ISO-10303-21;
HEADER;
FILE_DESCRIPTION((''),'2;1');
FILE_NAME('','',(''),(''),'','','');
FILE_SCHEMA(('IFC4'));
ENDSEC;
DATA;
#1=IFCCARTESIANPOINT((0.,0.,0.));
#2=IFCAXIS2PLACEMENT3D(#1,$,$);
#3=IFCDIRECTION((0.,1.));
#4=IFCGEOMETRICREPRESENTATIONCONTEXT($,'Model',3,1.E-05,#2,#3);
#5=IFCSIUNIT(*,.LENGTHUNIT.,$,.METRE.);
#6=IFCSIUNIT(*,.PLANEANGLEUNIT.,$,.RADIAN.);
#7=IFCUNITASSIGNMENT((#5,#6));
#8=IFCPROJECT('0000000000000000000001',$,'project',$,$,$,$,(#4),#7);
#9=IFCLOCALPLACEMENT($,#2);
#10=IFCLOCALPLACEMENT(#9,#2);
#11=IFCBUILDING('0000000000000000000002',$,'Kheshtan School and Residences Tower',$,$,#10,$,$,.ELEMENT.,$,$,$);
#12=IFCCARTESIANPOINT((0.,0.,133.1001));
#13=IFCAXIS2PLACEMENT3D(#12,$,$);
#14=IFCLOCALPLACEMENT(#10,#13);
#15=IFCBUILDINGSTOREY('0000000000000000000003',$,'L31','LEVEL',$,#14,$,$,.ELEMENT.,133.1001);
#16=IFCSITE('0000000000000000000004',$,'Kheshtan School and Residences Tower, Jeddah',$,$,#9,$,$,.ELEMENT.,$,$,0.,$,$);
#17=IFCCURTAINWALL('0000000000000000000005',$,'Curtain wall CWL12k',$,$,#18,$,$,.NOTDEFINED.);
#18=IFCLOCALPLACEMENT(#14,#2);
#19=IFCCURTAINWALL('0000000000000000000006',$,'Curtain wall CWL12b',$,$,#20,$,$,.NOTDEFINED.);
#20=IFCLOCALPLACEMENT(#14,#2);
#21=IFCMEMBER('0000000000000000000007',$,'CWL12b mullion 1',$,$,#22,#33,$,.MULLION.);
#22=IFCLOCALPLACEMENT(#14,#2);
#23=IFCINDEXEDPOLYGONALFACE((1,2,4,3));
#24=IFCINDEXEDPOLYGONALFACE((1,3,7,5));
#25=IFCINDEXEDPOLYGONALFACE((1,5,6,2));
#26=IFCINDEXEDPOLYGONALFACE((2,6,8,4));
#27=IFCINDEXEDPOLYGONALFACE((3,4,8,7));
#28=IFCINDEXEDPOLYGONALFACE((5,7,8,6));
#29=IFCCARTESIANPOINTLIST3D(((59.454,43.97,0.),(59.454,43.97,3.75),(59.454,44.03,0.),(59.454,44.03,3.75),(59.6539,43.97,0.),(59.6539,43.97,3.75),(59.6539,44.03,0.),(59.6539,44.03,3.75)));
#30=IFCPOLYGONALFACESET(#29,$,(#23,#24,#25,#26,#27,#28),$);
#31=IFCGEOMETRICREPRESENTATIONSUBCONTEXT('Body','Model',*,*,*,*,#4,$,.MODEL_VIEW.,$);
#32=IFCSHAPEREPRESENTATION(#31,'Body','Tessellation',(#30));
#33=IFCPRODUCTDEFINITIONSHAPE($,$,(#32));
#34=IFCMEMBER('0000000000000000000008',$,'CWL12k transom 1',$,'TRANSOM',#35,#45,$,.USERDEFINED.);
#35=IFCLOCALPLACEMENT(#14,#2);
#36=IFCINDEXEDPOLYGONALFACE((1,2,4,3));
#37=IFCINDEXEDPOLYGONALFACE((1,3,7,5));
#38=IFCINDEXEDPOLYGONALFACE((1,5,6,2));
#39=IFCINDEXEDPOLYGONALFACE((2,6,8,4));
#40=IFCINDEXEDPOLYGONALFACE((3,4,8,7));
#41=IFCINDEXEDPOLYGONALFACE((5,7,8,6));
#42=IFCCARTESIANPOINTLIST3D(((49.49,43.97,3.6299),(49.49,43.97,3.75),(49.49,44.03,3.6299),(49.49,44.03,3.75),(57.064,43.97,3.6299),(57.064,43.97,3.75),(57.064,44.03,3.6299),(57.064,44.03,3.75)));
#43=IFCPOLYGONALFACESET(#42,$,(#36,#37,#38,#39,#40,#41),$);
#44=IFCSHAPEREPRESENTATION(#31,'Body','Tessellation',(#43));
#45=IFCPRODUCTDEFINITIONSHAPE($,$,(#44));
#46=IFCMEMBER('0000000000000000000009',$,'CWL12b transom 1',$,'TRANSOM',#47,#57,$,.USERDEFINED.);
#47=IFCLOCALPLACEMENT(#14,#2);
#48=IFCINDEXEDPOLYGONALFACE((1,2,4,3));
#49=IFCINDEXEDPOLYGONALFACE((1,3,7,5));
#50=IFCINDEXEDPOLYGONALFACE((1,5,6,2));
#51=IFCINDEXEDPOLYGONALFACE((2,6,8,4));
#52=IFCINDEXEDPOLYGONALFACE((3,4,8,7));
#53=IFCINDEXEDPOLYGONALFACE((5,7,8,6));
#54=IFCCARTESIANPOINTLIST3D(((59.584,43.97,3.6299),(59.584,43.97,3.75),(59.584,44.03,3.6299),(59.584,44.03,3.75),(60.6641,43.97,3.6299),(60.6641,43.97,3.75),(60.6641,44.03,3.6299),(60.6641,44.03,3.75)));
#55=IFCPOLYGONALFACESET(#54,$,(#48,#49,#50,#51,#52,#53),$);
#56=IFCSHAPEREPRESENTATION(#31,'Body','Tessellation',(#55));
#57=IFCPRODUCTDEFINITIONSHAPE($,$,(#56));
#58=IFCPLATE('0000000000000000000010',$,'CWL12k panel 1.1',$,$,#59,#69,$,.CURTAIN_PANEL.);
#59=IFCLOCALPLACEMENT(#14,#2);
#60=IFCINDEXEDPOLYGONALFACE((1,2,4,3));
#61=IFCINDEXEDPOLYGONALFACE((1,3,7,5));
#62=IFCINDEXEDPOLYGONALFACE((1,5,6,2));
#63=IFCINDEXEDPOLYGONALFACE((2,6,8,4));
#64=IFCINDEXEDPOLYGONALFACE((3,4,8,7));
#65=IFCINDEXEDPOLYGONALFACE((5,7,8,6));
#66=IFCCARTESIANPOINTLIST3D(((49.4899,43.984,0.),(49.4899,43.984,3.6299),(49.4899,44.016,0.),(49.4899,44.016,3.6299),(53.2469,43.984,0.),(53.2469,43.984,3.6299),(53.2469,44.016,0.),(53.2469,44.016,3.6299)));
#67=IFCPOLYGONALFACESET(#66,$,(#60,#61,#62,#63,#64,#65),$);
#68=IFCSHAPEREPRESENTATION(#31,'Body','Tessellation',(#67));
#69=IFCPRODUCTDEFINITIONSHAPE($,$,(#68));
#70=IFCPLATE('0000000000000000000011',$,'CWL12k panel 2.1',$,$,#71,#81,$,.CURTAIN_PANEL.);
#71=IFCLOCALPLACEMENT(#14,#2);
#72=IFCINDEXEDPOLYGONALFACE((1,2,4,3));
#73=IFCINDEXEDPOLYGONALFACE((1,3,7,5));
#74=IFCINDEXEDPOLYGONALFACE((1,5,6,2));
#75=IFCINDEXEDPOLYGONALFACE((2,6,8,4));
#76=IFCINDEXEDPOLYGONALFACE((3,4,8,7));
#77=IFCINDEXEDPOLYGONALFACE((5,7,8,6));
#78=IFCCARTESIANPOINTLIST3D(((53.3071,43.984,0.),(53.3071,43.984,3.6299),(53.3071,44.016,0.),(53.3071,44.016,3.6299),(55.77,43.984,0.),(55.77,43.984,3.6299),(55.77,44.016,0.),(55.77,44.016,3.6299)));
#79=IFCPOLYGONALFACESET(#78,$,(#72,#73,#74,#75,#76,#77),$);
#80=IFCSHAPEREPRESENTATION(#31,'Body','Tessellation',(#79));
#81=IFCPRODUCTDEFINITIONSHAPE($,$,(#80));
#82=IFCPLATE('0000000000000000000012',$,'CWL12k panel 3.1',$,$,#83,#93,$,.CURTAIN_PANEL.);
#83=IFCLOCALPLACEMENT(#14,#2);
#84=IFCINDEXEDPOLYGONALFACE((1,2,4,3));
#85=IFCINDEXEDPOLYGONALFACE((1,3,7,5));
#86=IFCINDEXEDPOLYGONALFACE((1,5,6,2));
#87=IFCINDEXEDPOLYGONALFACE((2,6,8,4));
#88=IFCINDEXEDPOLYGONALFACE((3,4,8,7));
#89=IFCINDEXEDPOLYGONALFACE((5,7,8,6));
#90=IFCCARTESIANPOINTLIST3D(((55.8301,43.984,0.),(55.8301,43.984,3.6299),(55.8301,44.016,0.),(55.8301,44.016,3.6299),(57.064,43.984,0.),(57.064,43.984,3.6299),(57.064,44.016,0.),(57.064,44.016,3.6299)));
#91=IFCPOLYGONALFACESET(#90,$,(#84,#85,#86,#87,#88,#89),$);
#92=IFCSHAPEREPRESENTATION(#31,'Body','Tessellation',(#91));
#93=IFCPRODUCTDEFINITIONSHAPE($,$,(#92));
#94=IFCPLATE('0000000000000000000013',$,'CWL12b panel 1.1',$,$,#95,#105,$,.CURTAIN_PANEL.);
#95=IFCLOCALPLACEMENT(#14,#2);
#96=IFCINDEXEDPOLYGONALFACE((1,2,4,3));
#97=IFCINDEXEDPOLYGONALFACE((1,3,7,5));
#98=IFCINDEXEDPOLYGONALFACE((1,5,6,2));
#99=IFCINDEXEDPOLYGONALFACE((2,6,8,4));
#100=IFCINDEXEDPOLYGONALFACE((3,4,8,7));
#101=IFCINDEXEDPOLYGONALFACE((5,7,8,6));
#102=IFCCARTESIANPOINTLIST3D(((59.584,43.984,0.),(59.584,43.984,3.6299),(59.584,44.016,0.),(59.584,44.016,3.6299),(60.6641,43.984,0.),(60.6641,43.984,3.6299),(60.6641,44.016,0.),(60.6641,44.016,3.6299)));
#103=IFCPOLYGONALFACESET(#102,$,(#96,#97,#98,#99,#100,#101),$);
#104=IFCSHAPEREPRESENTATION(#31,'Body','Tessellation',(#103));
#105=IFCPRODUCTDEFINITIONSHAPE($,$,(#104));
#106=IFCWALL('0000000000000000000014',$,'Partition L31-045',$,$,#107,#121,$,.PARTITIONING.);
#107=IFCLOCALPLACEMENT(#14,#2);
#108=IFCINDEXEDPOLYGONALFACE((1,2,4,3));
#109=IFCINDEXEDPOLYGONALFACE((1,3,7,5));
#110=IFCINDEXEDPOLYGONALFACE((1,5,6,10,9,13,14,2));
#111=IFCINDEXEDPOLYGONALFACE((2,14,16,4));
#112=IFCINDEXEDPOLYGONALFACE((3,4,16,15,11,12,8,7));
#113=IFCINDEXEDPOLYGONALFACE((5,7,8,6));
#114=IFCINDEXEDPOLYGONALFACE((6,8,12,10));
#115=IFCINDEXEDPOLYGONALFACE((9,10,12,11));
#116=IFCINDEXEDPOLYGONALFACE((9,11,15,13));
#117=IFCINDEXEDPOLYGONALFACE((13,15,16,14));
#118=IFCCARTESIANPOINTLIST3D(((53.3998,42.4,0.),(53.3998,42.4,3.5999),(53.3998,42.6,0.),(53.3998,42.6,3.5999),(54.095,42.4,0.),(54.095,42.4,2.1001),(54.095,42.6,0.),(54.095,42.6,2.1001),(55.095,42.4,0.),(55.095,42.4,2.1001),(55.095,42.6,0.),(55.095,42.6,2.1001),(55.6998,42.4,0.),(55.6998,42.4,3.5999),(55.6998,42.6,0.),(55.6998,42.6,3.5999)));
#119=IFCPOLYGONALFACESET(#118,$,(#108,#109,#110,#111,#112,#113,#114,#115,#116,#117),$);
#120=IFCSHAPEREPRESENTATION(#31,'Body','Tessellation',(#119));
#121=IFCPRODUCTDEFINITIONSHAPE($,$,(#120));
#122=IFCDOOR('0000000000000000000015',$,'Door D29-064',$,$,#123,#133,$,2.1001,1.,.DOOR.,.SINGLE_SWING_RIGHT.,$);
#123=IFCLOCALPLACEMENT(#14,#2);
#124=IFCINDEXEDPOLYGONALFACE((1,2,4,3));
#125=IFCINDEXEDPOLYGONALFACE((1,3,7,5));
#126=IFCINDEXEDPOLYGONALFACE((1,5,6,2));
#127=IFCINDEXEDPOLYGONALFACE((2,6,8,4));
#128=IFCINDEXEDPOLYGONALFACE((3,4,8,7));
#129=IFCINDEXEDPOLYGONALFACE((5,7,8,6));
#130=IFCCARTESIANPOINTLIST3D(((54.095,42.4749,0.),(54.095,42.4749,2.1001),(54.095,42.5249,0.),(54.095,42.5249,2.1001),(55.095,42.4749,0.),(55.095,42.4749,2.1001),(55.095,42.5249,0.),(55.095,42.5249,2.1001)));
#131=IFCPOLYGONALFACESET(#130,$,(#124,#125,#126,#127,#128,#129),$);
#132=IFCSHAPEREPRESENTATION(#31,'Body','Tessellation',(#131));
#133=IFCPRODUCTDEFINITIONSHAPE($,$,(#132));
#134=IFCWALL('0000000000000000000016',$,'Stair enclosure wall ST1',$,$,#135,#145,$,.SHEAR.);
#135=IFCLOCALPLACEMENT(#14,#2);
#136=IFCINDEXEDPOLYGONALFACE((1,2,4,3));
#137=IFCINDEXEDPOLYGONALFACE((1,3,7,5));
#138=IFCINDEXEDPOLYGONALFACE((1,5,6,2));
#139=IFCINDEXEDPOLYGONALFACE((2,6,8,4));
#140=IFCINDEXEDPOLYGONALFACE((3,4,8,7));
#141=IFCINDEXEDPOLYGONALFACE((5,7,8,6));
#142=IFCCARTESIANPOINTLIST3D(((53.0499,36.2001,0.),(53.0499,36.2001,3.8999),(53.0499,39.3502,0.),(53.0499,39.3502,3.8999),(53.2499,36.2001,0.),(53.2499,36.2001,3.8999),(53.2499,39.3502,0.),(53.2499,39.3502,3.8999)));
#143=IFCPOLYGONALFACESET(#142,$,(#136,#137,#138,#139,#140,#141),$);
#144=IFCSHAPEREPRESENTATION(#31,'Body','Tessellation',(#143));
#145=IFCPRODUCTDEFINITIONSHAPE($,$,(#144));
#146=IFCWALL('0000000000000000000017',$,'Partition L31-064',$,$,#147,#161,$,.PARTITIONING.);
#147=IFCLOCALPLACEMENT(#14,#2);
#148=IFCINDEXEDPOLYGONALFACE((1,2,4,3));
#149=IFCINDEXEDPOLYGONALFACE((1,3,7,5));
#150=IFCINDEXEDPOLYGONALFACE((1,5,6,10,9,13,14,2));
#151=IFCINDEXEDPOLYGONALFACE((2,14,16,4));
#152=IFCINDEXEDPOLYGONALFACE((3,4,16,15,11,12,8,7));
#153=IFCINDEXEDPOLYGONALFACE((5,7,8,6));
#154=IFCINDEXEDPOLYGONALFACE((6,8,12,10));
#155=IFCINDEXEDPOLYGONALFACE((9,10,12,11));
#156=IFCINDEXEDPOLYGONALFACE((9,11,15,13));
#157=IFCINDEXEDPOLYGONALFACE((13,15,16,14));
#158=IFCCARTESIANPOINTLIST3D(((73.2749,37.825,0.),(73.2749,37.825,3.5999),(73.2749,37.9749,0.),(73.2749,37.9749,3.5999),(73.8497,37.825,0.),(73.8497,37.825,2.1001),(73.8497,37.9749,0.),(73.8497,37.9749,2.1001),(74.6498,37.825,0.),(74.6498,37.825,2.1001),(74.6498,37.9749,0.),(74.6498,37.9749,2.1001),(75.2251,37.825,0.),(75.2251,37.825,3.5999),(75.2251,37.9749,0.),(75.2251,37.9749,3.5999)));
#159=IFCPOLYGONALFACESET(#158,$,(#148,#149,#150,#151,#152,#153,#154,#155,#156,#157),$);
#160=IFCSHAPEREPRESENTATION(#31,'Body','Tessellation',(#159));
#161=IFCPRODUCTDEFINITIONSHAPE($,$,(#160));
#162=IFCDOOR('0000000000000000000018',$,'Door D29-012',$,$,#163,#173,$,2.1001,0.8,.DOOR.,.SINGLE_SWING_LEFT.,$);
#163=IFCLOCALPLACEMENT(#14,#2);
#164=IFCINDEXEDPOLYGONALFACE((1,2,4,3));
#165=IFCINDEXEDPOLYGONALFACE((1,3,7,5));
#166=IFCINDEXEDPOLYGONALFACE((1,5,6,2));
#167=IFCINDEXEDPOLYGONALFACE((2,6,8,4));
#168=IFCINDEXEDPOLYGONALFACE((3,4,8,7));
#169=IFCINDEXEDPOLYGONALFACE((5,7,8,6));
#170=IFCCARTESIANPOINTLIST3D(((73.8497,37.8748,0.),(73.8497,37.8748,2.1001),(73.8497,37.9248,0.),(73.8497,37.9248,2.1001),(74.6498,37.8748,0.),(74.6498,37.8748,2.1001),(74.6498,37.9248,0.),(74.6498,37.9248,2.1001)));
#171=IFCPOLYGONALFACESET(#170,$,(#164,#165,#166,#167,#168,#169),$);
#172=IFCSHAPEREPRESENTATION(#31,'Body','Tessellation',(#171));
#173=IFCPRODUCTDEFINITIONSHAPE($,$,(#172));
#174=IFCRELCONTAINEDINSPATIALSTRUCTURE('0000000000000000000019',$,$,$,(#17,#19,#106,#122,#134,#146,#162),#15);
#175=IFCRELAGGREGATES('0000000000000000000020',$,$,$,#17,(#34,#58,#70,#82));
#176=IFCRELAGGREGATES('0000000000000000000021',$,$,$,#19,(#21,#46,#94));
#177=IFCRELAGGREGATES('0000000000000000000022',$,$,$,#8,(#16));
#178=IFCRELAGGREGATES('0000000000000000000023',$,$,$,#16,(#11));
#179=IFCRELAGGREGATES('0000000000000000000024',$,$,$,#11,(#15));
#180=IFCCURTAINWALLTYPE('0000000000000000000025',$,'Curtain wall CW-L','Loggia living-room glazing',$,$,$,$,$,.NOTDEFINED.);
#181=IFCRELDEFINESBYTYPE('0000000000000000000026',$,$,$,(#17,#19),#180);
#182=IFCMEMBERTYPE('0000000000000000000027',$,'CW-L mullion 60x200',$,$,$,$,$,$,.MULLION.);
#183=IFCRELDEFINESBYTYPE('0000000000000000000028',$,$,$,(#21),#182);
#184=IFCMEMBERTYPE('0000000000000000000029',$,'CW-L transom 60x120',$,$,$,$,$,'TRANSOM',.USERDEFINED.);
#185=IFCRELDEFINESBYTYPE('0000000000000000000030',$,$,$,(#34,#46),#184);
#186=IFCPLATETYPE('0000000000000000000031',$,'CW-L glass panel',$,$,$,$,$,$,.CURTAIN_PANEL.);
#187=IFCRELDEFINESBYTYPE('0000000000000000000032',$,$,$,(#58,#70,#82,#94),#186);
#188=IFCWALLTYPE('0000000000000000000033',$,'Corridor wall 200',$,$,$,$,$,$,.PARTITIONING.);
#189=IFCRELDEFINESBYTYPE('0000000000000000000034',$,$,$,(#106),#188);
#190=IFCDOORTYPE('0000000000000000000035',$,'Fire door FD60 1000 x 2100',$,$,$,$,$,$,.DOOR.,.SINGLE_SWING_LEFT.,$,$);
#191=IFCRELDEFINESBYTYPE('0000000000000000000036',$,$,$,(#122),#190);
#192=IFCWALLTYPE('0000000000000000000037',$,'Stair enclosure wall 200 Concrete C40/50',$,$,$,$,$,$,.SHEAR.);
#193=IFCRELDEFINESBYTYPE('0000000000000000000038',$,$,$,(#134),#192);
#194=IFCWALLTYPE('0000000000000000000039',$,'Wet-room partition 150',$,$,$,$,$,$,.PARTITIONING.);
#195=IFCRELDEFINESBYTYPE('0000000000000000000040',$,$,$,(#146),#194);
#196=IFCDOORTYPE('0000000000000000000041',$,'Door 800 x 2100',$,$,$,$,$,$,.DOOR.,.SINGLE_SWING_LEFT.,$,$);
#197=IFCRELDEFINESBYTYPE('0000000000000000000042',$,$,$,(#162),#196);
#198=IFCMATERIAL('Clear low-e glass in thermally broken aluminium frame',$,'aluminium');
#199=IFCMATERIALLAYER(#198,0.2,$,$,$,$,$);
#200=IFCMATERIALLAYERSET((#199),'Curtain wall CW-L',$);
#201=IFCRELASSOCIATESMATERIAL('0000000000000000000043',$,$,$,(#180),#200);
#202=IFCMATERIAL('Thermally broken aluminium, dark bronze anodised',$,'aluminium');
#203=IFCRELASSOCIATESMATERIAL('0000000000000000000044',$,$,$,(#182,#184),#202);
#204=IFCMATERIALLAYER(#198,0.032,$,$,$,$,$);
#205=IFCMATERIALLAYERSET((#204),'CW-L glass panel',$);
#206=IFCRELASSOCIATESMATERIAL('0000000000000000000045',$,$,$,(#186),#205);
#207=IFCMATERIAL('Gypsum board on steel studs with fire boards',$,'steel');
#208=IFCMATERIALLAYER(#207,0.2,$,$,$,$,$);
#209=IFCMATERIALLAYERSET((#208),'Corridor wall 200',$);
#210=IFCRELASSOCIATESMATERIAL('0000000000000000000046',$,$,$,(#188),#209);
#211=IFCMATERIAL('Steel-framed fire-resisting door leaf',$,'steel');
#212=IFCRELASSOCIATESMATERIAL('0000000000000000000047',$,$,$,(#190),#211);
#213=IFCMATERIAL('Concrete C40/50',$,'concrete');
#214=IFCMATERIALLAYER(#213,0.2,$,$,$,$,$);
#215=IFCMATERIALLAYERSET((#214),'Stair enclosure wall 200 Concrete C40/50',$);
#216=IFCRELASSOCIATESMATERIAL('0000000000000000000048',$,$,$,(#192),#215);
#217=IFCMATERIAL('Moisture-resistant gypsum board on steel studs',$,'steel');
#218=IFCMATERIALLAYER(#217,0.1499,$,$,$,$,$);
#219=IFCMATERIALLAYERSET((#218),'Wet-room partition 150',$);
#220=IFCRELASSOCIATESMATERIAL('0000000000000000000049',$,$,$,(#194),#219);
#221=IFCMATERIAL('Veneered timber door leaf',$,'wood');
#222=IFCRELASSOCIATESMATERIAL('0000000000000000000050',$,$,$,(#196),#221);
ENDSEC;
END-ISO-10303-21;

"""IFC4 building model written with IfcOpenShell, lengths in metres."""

from ifc_helpers import new_model, si_unit, direction, frame, frame_2d, origin, origin_2d, place, context, subcontext, project, spatial, rectangle, extrude, source, transform, mapped, material, layer, layer_set, material_profile, profile_set, type_object, element, fill, aggregate, save


model = new_model("IFC4")

# Units and contexts
model_context = context("Model", 3, precision=1e-05, world=origin(), true_north=direction((0.0, 1.0)))
body_context = subcontext(model_context, "Body", "Model", "MODEL_VIEW")
ifc_project = project(units=[si_unit("LENGTHUNIT", "METRE"), si_unit("PLANEANGLEUNIT", "RADIAN")], contexts=[model_context])

# Site, building, storey
site_placement = place(None, origin())
site = spatial("IfcSite", under=ifc_project, at=site_placement, Name="Kheshtan School and Residences Tower, Jeddah", CompositionType="ELEMENT", RefElevation=0.0)
building_placement = place(site_placement, origin())
building = spatial("IfcBuilding", under=site, at=building_placement, Name="Kheshtan School and Residences Tower", CompositionType="ELEMENT")
storey_placement = place(building_placement, frame((0.0, 0.0, 133.1001)))
storey = spatial("IfcBuildingStorey", under=building, at=storey_placement, Name="L31", Description="LEVEL", CompositionType="ELEMENT", Elevation=133.1001)

# Curtain wall
ifc_material_1 = material(Name="Clear low-e glass in thermally broken aluminium frame", Category="aluminium")
ifc_layer_1 = layer(ifc_material_1, 0.2)
ifc_layer_set_1 = layer_set([ifc_layer_1], Name="Curtain wall CW-L")
curtain_wall_type = type_object("IfcCurtainWallType", Name="Curtain wall CW-L", Description="Loggia living-room glazing", PredefinedType="NOTDEFINED", material=ifc_layer_set_1)
curtain_wall_1_placement = place(storey_placement, origin())
curtain_wall_1 = element("IfcCurtainWall", 1, at=curtain_wall_1_placement, inside=storey, type_object=curtain_wall_type, Name="Curtain wall CWL12k", PredefinedType="NOTDEFINED")
ifc_material_2 = material(Name="Thermally broken aluminium, dark bronze anodised", Category="aluminium")
ifc_material_profile_1 = material_profile(ifc_material_2, rectangle(XDim=0.0601, YDim=0.2, at=origin_2d()), Name="CW-L mullion 60x200")
ifc_profile_set_1 = profile_set([ifc_material_profile_1], Name="Thermally broken aluminium, dark bronze anodised")
member_type_1 = type_object("IfcMemberType", Name="CW-L mullion 60x200", PredefinedType="MULLION", material=ifc_profile_set_1)

# Curtain wall, member
curtain_wall_2_placement = place(storey_placement, origin())
curtain_wall_2 = element("IfcCurtainWall", 2, at=curtain_wall_2_placement, inside=storey, type_object=curtain_wall_type, Name="Curtain wall CWL12b", PredefinedType="NOTDEFINED")
member_1_placement = place(storey_placement, frame((59.554, 44.0, 0.0), z_axis=(0.0, 0.0, 1.0), x_axis=(0.0, 1.0, 0.0)))
member_1 = element("IfcMember", 3, at=member_1_placement, type_object=member_type_1, Name="CWL12b mullion 1", PredefinedType="MULLION", context=body_context, shape_type="SweptSolid", body=[
    extrude(rectangle(XDim=0.0601, YDim=0.2, at=origin_2d()), origin(), (0.0, 0.0, 1.0), 3.75),
])

# Members
ifc_material_profile_2 = material_profile(ifc_material_2, rectangle(XDim=0.0601, YDim=0.1201, at=origin_2d()), Name="CW-L transom 60x120")
ifc_profile_set_2 = profile_set([ifc_material_profile_2], Name="Thermally broken aluminium, dark bronze anodised")
member_type_2 = type_object("IfcMemberType", Name="CW-L transom 60x120", ElementType="TRANSOM", PredefinedType="USERDEFINED", material=ifc_profile_set_2)
member_2_placement = place(storey_placement, frame((49.49, 44.0, 3.6899), z_axis=(1.0, 0.0, 0.0), x_axis=(0.0, 1.0, 0.0)))
member_2 = element("IfcMember", 4, at=member_2_placement, type_object=member_type_2, Name="CWL12k transom 1", ObjectType="TRANSOM", PredefinedType="USERDEFINED", context=body_context, shape_type="SweptSolid", body=[
    extrude(rectangle(XDim=0.0601, YDim=0.1201, at=origin_2d()), origin(), (0.0, 0.0, 1.0), 7.574),
])
member_3_placement = place(storey_placement, frame((59.584, 44.0, 3.6899), z_axis=(1.0, 0.0, 0.0), x_axis=(0.0, 1.0, 0.0)))
member_3 = element("IfcMember", 5, at=member_3_placement, type_object=member_type_2, Name="CWL12b transom 1", ObjectType="TRANSOM", PredefinedType="USERDEFINED", context=body_context, shape_type="SweptSolid", body=[
    extrude(rectangle(XDim=0.0601, YDim=0.1201, at=origin_2d()), origin(), (0.0, 0.0, 1.0), 1.0801),
])

# Plates
ifc_layer_2 = layer(ifc_material_1, 0.032)
ifc_layer_set_2 = layer_set([ifc_layer_2], Name="CW-L glass panel")
plate_type = type_object("IfcPlateType", Name="CW-L glass panel", PredefinedType="CURTAIN_PANEL", material=ifc_layer_set_2)
plate_1_placement = place(storey_placement, frame((51.3684, 44.0, 0.0), z_axis=(0.0, 0.0, 1.0), x_axis=(1.0, 0.0, 0.0)))
plate_1 = element("IfcPlate", 6, at=plate_1_placement, type_object=plate_type, Name="CWL12k panel 1.1", PredefinedType="CURTAIN_PANEL", context=body_context, shape_type="SweptSolid", body=[
    extrude(rectangle(XDim=3.7571, YDim=0.032, at=origin_2d()), origin(), (0.0, 0.0, 1.0), 3.6299),
])
plate_2_placement = place(storey_placement, frame((54.5386, 44.0, 0.0), z_axis=(0.0, 0.0, 1.0), x_axis=(1.0, 0.0, 0.0)))
plate_2 = element("IfcPlate", 7, at=plate_2_placement, type_object=plate_type, Name="CWL12k panel 2.1", PredefinedType="CURTAIN_PANEL", context=body_context, shape_type="SweptSolid", body=[
    extrude(rectangle(XDim=2.4629, YDim=0.032, at=origin_2d()), origin(), (0.0, 0.0, 1.0), 3.6299),
])
plate_3_placement = place(storey_placement, frame((56.447, 44.0, 0.0), z_axis=(0.0, 0.0, 1.0), x_axis=(1.0, 0.0, 0.0)))
plate_3 = element("IfcPlate", 8, at=plate_3_placement, type_object=plate_type, Name="CWL12k panel 3.1", PredefinedType="CURTAIN_PANEL", context=body_context, shape_type="SweptSolid", body=[
    extrude(rectangle(XDim=1.2339, YDim=0.032, at=origin_2d()), origin(), (0.0, 0.0, 1.0), 3.6299),
])
aggregate(curtain_wall_1, [member_2, plate_1, plate_2, plate_3])
plate_4_placement = place(storey_placement, frame((60.124, 44.0, 0.0), z_axis=(0.0, 0.0, 1.0), x_axis=(1.0, 0.0, 0.0)))
plate_4 = element("IfcPlate", 9, at=plate_4_placement, type_object=plate_type, Name="CWL12b panel 1.1", PredefinedType="CURTAIN_PANEL", context=body_context, shape_type="SweptSolid", body=[
    extrude(rectangle(XDim=1.0801, YDim=0.032, at=origin_2d()), origin(), (0.0, 0.0, 1.0), 3.6299),
])
aggregate(curtain_wall_2, [member_1, member_3, plate_4])

# Wall, opening, door
ifc_material_3 = material(Name="Gypsum board on steel studs with fire boards", Category="steel")
ifc_layer_3 = layer(ifc_material_3, 0.2)
ifc_layer_set_3 = layer_set([ifc_layer_3], Name="Corridor wall 200")
wall_type_1 = type_object("IfcWallType", Name="Corridor wall 200", PredefinedType="PARTITIONING", material=ifc_layer_set_3)
wall_1_placement = place(storey_placement, frame((53.3999, 42.5, 0.0), z_axis=(0.0, 0.0, 1.0), x_axis=(1.0, 0.0, 0.0)))
wall_1 = element("IfcWall", 10, at=wall_1_placement, inside=storey, type_object=wall_type_1, Name="Partition L31-045", PredefinedType="PARTITIONING", context=body_context, shape_type="SweptSolid", body=[
    extrude(rectangle(XDim=2.3, YDim=0.2, at=frame_2d((1.1499, 0.0))), origin(), (0.0, 0.0, 1.0), 3.5999),
])
opening_1_placement = place(wall_1_placement, frame((0.6951, 0.0, 0.0)))
opening_1 = element("IfcOpeningElement", 11, at=opening_1_placement, cuts=wall_1, PredefinedType="OPENING", context=body_context, shape_type="SweptSolid", body=[
    extrude(rectangle(XDim=1.0, YDim=2.1001, at=frame_2d((0.5, 1.05))), frame((0.0, 0.1099, 0.0), z_axis=(0.0, -1.0, 0.0), x_axis=(1.0, 0.0, 0.0)), (0.0, 0.0, 1.0), 0.22),
])
ifc_material_4 = material(Name="Steel-framed fire-resisting door leaf", Category="steel")
door_type_1 = type_object("IfcDoorType", Name="Fire door FD60 1000 x 2100", OperationType="SINGLE_SWING_LEFT", PredefinedType="DOOR", material=ifc_material_4)
shared_shape_1 = source(origin(), body_context, "Body", "SweptSolid", [
    extrude(rectangle(XDim=1.0, YDim=2.1001, at=frame_2d((0.5, 1.05))), frame((0.0, 0.0249, 0.0), z_axis=(0.0, -1.0, 0.0), x_axis=(1.0, 0.0, 0.0)), (0.0, 0.0, 1.0), 0.05),
])
door_1_placement = place(opening_1_placement, origin())
door_1 = element("IfcDoor", 12, at=door_1_placement, inside=storey, type_object=door_type_1, Name="Door D29-064", OperationType="SINGLE_SWING_RIGHT", OverallHeight=2.1001, OverallWidth=1.0, PredefinedType="DOOR", context=body_context, shape_type="MappedRepresentation", body=[
    mapped(shared_shape_1, transform((0.0, 0.0, 0.0), x_axis=(1.0, 0.0, 0.0), y_axis=(0.0, 1.0, 0.0), z_axis=(0.0, 0.0, 1.0), scale=1.0)),
])
fill(opening_1, door_1)

# Wall
ifc_material_5 = material(Name="Concrete C40/50", Category="concrete")
ifc_layer_4 = layer(ifc_material_5, 0.2)
ifc_layer_set_4 = layer_set([ifc_layer_4], Name="Stair enclosure wall 200 Concrete C40/50")
wall_type_2 = type_object("IfcWallType", Name="Stair enclosure wall 200 Concrete C40/50", PredefinedType="SHEAR", material=ifc_layer_set_4)
wall_2_placement = place(storey_placement, frame((53.1499, 36.2, 0.0), z_axis=(0.0, 0.0, 1.0), x_axis=(0.0, 1.0, 0.0)))
element("IfcWall", 13, at=wall_2_placement, inside=storey, type_object=wall_type_2, Name="Stair enclosure wall ST1", PredefinedType="SHEAR", context=body_context, shape_type="SweptSolid", body=[
    extrude(rectangle(XDim=3.1501, YDim=0.2, at=frame_2d((1.5752, 0.0))), origin(), (0.0, 0.0, 1.0), 3.8999),
])

# Wall, opening, door
ifc_material_6 = material(Name="Moisture-resistant gypsum board on steel studs", Category="steel")
ifc_layer_5 = layer(ifc_material_6, 0.1499)
ifc_layer_set_5 = layer_set([ifc_layer_5], Name="Wet-room partition 150")
wall_type_3 = type_object("IfcWallType", Name="Wet-room partition 150", PredefinedType="PARTITIONING", material=ifc_layer_set_5)
wall_3_placement = place(storey_placement, frame((73.2749, 37.8999, 0.0), z_axis=(0.0, 0.0, 1.0), x_axis=(1.0, 0.0, 0.0)))
wall_3 = element("IfcWall", 14, at=wall_3_placement, inside=storey, type_object=wall_type_3, Name="Partition L31-064", PredefinedType="PARTITIONING", context=body_context, shape_type="SweptSolid", body=[
    extrude(rectangle(XDim=1.9502, YDim=0.1499, at=frame_2d((0.9751, 0.0))), origin(), (0.0, 0.0, 1.0), 3.5999),
])
opening_2_placement = place(wall_3_placement, frame((0.575, 0.0, 0.0)))
opening_2 = element("IfcOpeningElement", 15, at=opening_2_placement, cuts=wall_3, PredefinedType="OPENING", context=body_context, shape_type="SweptSolid", body=[
    extrude(rectangle(XDim=0.8, YDim=2.1001, at=frame_2d((0.3999, 1.05))), frame((0.0, 0.085, 0.0), z_axis=(0.0, -1.0, 0.0), x_axis=(1.0, 0.0, 0.0)), (0.0, 0.0, 1.0), 0.1699),
])
ifc_material_7 = material(Name="Veneered timber door leaf", Category="wood")
door_type_2 = type_object("IfcDoorType", Name="Door 800 x 2100", OperationType="SINGLE_SWING_LEFT", PredefinedType="DOOR", material=ifc_material_7)
shared_shape_2 = source(origin(), body_context, "Body", "SweptSolid", [
    extrude(rectangle(XDim=0.8, YDim=2.1001, at=frame_2d((0.3999, 1.05))), frame((0.0, 0.0249, 0.0), z_axis=(0.0, -1.0, 0.0), x_axis=(1.0, 0.0, 0.0)), (0.0, 0.0, 1.0), 0.05),
])
door_2_placement = place(opening_2_placement, origin())
door_2 = element("IfcDoor", 16, at=door_2_placement, inside=storey, type_object=door_type_2, Name="Door D29-012", OperationType="SINGLE_SWING_LEFT", OverallHeight=2.1001, OverallWidth=0.8, PredefinedType="DOOR", context=body_context, shape_type="MappedRepresentation", body=[
    mapped(shared_shape_2, transform((0.0, 0.0, 0.0), x_axis=(1.0, 0.0, 0.0), y_axis=(0.0, 1.0, 0.0), z_axis=(0.0, 0.0, 1.0), scale=1.0)),
])
fill(opening_2, door_2)

save(model, "model.ifc")
